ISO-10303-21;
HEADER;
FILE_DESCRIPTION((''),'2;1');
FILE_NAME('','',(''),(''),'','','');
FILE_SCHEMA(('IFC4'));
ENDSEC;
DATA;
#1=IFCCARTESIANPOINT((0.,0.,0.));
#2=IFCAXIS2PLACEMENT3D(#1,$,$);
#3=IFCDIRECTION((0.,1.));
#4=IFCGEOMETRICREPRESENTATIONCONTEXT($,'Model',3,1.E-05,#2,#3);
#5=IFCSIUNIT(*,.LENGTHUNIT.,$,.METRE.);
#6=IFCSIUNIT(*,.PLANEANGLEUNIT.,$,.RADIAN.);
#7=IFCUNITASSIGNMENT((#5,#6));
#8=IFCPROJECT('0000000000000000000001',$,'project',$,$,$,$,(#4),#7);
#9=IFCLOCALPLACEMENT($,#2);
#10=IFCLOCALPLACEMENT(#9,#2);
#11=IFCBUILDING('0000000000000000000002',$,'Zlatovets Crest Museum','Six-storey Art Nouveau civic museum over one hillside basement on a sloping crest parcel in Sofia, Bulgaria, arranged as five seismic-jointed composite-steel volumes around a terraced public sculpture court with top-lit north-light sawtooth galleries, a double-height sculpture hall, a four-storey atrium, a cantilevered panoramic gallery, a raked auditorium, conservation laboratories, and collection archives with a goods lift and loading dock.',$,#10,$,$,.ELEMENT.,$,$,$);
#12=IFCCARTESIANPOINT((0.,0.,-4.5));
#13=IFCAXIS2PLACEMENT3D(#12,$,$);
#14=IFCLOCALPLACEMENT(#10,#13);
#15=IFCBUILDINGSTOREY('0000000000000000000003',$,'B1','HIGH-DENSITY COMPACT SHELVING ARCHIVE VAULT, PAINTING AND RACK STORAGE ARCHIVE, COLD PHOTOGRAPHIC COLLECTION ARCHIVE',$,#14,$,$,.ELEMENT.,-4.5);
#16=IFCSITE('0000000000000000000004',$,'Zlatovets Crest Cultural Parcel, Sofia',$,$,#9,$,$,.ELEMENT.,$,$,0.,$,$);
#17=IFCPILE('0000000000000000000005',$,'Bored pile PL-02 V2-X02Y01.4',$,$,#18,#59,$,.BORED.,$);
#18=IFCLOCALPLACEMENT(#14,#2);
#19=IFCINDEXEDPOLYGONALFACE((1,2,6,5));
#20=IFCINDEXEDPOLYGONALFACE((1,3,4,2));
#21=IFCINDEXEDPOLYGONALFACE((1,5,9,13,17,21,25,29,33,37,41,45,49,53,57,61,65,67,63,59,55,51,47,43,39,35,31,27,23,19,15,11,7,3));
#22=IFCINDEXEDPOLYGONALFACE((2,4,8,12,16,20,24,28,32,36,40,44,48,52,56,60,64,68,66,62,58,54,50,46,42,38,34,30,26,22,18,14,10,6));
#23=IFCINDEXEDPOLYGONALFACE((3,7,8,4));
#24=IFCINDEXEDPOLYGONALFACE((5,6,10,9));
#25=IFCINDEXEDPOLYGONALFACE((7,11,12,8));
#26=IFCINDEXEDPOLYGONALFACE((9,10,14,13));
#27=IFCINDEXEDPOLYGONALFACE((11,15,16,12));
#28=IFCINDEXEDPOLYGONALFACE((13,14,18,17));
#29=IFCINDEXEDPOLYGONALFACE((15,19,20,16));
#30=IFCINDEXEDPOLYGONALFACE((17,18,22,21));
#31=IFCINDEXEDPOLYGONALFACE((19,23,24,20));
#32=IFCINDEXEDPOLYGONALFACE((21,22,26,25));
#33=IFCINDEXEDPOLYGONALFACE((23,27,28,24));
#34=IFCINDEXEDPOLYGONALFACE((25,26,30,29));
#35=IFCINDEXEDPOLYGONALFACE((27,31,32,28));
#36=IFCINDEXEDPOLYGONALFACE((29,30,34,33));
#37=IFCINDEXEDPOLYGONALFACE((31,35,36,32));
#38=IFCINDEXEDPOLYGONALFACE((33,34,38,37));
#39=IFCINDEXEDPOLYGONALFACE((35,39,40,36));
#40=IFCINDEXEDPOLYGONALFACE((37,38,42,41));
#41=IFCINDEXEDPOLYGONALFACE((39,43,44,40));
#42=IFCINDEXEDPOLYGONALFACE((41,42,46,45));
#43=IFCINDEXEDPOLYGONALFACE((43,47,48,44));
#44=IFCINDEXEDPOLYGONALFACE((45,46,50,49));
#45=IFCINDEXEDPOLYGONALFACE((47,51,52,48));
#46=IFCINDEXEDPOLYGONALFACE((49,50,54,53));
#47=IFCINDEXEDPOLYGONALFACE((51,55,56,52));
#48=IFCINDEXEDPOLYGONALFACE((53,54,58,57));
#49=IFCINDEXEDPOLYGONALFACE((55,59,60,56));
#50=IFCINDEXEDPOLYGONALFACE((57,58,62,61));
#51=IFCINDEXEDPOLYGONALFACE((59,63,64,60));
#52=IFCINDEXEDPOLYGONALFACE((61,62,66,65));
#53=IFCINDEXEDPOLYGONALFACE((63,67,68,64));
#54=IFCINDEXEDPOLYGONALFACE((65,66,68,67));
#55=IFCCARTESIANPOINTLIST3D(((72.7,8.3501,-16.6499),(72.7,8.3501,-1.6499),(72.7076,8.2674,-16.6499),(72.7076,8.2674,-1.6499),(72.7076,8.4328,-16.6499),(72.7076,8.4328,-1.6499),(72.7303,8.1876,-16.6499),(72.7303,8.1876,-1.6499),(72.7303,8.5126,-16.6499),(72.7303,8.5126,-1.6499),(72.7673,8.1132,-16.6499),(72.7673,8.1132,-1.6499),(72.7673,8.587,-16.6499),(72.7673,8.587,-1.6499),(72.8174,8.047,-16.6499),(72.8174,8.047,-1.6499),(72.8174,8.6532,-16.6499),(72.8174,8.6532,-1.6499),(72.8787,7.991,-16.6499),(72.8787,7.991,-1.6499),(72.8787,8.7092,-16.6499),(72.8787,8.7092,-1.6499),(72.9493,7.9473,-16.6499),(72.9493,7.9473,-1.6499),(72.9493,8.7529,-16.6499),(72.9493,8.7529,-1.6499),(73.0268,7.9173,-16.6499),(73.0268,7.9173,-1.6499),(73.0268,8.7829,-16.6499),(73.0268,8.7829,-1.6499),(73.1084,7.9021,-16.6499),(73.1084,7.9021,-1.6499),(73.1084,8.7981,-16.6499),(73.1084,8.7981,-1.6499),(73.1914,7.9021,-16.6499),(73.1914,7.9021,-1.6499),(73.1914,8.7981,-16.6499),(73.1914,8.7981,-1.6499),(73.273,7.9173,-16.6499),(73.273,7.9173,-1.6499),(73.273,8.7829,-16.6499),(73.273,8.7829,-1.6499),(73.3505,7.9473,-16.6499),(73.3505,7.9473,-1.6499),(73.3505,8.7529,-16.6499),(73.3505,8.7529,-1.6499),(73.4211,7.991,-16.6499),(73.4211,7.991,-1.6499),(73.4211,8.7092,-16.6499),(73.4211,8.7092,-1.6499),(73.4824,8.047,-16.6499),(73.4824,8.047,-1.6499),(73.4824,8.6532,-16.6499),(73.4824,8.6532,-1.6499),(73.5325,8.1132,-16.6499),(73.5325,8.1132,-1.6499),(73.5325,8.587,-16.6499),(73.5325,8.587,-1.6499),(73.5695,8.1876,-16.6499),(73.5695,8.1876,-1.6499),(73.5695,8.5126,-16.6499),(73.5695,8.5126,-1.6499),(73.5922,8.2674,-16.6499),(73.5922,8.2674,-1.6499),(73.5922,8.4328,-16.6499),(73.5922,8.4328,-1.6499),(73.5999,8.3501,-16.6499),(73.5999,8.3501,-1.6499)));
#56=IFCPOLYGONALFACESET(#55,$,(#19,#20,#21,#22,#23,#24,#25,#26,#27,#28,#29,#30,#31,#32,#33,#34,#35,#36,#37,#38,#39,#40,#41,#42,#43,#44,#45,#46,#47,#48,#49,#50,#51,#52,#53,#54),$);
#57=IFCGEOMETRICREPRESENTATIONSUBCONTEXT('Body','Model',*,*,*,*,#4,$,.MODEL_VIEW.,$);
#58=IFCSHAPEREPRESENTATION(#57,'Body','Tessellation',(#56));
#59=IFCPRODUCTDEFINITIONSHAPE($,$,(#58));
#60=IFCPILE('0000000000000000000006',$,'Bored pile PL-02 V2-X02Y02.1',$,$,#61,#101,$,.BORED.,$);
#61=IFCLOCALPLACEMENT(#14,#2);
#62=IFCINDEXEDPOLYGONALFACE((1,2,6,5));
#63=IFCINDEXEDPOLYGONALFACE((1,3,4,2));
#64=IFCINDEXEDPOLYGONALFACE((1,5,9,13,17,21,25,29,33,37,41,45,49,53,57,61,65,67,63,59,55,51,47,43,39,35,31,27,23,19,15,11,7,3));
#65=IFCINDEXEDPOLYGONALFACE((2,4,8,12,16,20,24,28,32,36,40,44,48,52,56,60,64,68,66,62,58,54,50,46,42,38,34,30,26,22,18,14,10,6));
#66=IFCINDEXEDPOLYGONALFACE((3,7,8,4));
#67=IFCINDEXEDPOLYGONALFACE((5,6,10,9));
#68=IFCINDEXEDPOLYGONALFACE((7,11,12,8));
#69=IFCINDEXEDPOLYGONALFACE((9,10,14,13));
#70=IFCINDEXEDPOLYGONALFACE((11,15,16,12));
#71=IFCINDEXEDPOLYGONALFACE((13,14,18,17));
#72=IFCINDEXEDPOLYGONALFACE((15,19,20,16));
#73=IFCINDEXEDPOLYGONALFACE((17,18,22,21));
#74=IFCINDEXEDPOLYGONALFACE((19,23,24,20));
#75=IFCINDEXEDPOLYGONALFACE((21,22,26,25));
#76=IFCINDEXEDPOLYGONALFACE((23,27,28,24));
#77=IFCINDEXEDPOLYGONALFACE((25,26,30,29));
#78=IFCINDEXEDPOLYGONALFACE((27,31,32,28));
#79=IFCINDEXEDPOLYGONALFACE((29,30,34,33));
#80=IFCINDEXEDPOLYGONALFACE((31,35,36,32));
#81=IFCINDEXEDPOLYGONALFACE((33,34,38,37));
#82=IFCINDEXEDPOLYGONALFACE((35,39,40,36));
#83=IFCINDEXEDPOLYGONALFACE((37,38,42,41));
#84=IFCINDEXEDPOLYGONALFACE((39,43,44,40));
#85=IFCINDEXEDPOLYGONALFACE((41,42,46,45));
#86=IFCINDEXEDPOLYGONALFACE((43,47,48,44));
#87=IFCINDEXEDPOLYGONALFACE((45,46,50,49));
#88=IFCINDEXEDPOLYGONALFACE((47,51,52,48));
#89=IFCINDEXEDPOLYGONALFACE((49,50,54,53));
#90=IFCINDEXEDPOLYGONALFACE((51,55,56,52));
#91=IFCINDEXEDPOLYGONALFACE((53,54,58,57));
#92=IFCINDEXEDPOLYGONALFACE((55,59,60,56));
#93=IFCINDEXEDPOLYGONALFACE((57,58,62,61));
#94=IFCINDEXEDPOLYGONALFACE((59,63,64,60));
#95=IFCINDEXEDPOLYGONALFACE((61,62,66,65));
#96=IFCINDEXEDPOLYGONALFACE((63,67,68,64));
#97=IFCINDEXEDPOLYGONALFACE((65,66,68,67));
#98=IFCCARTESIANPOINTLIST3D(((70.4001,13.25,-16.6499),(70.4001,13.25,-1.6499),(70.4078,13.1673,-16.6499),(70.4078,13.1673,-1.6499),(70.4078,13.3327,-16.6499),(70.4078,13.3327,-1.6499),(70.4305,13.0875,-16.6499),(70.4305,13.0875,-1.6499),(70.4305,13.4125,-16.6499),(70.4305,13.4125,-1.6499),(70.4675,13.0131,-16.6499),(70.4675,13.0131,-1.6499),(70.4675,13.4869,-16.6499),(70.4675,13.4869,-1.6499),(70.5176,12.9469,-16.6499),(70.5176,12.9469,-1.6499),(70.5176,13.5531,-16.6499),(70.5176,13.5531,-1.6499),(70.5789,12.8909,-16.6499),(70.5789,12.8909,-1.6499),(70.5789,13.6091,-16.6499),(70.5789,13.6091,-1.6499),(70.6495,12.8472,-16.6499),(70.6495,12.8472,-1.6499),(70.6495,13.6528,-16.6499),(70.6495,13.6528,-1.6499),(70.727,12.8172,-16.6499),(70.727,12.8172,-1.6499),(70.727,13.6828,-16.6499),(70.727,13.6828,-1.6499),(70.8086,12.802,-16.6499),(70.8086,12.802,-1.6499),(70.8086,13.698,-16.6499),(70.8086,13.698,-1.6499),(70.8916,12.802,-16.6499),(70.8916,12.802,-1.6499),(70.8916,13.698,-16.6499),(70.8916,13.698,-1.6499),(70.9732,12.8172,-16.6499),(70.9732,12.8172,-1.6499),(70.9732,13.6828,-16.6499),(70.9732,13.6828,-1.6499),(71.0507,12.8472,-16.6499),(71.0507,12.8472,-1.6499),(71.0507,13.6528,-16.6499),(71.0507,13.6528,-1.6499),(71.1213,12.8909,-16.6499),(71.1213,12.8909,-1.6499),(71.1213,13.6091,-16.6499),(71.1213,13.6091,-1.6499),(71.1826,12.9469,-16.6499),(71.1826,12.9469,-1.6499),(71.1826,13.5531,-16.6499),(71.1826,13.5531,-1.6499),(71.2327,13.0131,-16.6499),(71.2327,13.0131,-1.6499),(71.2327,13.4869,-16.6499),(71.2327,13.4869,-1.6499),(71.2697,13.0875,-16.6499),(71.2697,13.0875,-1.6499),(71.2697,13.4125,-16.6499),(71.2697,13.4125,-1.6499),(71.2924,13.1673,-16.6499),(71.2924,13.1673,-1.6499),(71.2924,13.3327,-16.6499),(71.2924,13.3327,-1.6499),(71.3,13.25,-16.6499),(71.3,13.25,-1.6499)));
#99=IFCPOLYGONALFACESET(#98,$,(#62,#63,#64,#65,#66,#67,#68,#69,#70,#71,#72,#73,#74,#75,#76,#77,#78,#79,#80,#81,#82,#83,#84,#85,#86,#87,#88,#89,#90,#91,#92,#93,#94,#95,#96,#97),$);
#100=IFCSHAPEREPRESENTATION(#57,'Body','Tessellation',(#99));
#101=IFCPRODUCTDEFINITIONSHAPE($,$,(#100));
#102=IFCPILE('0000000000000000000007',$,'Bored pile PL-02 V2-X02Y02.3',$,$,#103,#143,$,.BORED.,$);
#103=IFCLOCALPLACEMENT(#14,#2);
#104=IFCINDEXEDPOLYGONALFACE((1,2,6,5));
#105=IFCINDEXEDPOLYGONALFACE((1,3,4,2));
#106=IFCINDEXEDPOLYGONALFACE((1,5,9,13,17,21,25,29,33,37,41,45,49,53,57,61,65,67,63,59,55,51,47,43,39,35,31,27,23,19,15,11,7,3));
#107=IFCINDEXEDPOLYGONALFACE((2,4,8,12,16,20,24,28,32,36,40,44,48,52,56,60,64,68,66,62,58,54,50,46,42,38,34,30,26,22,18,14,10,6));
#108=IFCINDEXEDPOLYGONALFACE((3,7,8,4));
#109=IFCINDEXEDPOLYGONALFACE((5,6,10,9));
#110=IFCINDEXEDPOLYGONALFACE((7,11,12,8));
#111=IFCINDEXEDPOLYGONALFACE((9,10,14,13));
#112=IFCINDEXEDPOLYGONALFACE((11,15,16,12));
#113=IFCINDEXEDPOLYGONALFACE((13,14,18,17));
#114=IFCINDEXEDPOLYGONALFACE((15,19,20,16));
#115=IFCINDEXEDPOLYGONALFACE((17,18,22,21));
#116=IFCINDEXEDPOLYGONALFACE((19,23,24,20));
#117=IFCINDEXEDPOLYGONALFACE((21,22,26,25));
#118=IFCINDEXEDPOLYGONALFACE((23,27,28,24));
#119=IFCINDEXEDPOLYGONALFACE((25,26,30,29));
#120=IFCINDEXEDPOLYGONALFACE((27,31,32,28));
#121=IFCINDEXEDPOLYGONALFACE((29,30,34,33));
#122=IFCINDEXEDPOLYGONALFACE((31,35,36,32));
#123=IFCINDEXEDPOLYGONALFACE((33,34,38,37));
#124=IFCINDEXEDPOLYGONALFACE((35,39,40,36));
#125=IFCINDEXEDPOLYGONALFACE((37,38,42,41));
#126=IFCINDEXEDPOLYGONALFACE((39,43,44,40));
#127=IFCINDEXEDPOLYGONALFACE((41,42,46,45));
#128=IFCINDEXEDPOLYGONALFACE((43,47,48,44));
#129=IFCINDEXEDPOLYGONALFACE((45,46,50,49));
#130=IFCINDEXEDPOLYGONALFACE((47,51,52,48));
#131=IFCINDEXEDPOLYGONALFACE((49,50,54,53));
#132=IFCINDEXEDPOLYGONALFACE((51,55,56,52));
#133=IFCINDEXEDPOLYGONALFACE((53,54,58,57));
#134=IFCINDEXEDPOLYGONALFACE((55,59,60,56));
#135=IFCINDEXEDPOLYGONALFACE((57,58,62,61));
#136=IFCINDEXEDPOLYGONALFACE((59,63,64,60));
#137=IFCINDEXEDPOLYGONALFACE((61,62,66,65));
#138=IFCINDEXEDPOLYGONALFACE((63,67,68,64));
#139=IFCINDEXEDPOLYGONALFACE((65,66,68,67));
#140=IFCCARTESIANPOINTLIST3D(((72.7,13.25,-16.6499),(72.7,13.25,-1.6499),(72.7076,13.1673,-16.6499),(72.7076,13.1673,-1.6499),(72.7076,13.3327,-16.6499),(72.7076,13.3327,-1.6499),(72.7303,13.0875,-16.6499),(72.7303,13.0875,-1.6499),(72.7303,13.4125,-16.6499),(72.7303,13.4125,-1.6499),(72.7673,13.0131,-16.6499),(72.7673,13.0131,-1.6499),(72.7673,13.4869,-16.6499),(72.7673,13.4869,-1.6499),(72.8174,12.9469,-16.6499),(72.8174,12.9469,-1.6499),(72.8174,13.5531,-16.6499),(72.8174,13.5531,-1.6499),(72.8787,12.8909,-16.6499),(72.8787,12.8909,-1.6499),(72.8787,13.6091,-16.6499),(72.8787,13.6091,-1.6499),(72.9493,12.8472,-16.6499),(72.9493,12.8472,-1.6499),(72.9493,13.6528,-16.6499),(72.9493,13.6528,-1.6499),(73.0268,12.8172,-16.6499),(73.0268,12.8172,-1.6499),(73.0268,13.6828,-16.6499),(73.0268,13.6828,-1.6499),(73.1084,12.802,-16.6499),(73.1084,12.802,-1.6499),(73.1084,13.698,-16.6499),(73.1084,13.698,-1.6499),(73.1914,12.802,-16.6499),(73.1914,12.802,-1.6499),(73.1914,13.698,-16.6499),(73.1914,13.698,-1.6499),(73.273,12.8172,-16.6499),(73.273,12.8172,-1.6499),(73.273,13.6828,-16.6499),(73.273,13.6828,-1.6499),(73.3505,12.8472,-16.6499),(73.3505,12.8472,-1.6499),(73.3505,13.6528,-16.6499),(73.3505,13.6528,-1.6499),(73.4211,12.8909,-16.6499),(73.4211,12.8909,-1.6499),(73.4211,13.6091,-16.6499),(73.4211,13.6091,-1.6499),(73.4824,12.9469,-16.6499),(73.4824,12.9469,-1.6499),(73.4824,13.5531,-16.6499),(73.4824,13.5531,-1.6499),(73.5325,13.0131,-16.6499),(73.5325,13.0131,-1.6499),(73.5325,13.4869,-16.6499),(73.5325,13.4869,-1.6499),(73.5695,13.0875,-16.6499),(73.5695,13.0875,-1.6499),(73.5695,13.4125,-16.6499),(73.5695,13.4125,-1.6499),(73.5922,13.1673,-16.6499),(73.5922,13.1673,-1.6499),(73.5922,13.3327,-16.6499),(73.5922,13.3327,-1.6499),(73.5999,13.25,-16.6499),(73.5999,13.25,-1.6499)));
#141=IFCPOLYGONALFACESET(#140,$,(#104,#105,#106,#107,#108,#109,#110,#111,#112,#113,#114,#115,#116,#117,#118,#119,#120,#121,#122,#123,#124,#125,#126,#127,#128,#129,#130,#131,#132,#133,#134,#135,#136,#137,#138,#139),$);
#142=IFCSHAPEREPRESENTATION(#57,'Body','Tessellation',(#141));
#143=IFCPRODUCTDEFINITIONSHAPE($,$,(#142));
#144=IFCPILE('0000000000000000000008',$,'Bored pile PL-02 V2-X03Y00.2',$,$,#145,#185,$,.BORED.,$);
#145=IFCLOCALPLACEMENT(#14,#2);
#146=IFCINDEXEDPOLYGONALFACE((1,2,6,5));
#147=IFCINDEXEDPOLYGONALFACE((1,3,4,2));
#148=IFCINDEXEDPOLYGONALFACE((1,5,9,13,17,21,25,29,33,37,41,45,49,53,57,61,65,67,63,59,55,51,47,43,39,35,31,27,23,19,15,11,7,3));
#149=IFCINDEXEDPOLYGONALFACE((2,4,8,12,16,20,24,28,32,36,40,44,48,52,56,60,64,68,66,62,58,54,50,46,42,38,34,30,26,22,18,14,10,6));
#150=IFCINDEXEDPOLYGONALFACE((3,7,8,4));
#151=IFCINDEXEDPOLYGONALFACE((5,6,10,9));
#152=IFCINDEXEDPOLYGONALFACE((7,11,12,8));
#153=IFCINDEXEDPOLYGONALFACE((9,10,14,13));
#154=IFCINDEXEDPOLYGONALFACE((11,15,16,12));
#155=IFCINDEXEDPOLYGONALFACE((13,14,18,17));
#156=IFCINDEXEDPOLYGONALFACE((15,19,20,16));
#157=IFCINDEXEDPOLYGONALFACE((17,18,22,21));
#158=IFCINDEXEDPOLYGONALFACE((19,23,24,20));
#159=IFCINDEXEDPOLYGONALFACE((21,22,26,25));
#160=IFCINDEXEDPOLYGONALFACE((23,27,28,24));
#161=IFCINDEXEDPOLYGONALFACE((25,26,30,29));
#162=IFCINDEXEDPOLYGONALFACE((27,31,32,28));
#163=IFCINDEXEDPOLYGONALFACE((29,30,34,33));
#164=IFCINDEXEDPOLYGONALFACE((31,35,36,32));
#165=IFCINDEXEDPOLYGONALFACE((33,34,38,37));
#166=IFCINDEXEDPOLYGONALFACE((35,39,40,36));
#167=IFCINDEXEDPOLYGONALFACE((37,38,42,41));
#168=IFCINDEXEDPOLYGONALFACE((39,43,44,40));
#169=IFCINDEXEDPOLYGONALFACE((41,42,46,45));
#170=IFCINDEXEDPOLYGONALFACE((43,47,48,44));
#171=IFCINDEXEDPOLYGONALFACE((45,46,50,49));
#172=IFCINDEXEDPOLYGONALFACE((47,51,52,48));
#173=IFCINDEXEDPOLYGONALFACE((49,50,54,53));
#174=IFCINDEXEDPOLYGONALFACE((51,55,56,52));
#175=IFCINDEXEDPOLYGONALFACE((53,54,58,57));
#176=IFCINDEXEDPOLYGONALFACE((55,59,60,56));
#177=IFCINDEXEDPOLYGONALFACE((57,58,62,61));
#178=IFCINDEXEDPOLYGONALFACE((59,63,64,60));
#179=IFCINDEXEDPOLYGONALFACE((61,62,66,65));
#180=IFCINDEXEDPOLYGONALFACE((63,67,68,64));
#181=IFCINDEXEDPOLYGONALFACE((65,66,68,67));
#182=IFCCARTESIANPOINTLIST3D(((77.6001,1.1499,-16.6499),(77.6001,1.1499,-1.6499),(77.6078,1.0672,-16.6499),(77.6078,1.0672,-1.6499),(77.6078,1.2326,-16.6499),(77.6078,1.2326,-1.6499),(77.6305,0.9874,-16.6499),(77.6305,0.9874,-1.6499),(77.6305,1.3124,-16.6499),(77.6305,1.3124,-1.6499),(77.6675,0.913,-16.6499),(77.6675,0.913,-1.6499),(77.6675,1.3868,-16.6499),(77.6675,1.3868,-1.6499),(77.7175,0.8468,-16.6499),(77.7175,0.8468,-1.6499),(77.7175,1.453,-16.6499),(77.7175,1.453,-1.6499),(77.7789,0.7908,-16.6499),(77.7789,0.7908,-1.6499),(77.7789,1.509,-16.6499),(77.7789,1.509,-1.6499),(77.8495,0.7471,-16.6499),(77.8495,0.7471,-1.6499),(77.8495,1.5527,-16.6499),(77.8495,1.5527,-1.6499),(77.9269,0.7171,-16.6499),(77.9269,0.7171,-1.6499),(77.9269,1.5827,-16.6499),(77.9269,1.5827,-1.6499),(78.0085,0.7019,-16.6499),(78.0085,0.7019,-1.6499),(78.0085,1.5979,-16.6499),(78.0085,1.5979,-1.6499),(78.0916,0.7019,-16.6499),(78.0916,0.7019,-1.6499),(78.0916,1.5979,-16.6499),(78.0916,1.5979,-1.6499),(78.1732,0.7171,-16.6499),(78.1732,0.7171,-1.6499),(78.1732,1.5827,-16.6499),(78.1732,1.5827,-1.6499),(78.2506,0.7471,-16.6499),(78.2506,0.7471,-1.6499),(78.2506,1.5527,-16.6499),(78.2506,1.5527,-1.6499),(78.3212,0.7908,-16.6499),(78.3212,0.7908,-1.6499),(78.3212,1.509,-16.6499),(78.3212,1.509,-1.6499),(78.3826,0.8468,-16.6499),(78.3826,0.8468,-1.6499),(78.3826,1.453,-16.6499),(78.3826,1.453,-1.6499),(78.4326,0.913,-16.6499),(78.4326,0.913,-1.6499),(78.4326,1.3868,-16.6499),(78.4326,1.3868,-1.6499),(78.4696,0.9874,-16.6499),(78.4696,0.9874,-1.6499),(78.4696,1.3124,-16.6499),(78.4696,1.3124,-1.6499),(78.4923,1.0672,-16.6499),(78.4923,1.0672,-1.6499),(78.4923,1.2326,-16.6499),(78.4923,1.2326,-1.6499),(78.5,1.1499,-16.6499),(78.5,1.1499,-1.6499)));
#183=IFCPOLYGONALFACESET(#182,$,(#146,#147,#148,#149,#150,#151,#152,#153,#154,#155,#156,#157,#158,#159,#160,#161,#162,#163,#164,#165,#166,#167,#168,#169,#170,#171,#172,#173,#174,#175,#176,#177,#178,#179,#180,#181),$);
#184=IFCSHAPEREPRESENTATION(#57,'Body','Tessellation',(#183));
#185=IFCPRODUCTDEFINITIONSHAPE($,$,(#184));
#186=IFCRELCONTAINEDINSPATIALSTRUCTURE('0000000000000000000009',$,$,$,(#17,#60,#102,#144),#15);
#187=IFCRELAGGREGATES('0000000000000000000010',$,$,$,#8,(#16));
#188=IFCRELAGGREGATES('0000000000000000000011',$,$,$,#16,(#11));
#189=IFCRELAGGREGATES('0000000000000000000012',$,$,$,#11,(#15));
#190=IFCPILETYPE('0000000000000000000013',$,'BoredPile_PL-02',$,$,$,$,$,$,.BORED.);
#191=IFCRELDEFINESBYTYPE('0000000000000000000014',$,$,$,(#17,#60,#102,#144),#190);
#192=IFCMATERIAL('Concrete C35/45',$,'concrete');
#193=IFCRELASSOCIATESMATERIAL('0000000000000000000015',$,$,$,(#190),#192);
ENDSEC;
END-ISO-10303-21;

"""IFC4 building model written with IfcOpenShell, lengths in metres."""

from ifc_helpers import new_model, si_unit, direction, frame, origin, origin_2d, place, context, subcontext, project, spatial, circle, extrude, material, material_profile, profile_set, type_object, element, save


model = new_model("IFC4")

# Units and contexts
model_context = context("Model", 3, precision=1e-05, world=origin(), true_north=direction((0.0, 1.0)))
body_context = subcontext(model_context, "Body", "Model", "MODEL_VIEW")
ifc_project = project(units=[si_unit("LENGTHUNIT", "METRE"), si_unit("PLANEANGLEUNIT", "RADIAN")], contexts=[model_context])

# Site, building, storey
site_placement = place(None, origin())
site = spatial("IfcSite", under=ifc_project, at=site_placement, Name="Zlatovets Crest Cultural Parcel, Sofia", CompositionType="ELEMENT", RefElevation=0.0)
building_placement = place(site_placement, origin())
building = spatial("IfcBuilding", under=site, at=building_placement, Name="Zlatovets Crest Museum", Description="Six-storey Art Nouveau civic museum over one hillside basement on a sloping crest parcel in Sofia, Bulgaria, arranged as five seismic-jointed composite-steel volumes around a terraced public sculpture court with top-lit north-light sawtooth galleries, a double-height sculpture hall, a four-storey atrium, a cantilevered panoramic gallery, a raked auditorium, conservation laboratories, and collection archives with a goods lift and loading dock.", CompositionType="ELEMENT")
storey_placement = place(building_placement, frame((0.0, 0.0, -4.5)))
storey = spatial("IfcBuildingStorey", under=building, at=storey_placement, Name="B1", Description="HIGH-DENSITY COMPACT SHELVING ARCHIVE VAULT, PAINTING AND RACK STORAGE ARCHIVE, COLD PHOTOGRAPHIC COLLECTION ARCHIVE", CompositionType="ELEMENT", Elevation=-4.5)

# Piles
ifc_material = material(Name="Concrete C35/45", Category="concrete")
ifc_material_profile_1 = material_profile(ifc_material, circle(Radius=0.45, at=origin_2d()), Name="PILE D900")
ifc_profile_set_1 = profile_set([ifc_material_profile_1], Name="Concrete C35/45")
pile_type = type_object("IfcPileType", Name="BoredPile_PL-02", PredefinedType="BORED", material=ifc_profile_set_1)
for number, where, z_axis, x_axis, name in (
    (1, (73.1499, 8.3501, -1.6499), (0.0, 0.0, -1.0), (1.0, 0.0, 0.0), "Bored pile PL-02 V2-X02Y01.4"),
    (2, (70.8501, 13.25, -1.6499), (0.0, 0.0, -1.0), (1.0, 0.0, 0.0), "Bored pile PL-02 V2-X02Y02.1"),
    (3, (73.1499, 13.25, -1.6499), (0.0, 0.0, -1.0), (1.0, 0.0, 0.0), "Bored pile PL-02 V2-X02Y02.3"),
    (4, (78.05, 1.1499, -1.6499), (0.0, 0.0, -1.0), (1.0, 0.0, 0.0), "Bored pile PL-02 V2-X03Y00.2"),
):
    element("IfcPile", number, at=place(storey_placement, frame(where, z_axis=z_axis, x_axis=x_axis)), inside=storey, type_object=pile_type, Name=name, PredefinedType="BORED", context=body_context, shape_type="SweptSolid", body=[
        extrude(circle(Radius=0.45, at=origin_2d()), origin(), (0.0, 0.0, 1.0), 15.0),
    ])

save(model, "model.ifc")
